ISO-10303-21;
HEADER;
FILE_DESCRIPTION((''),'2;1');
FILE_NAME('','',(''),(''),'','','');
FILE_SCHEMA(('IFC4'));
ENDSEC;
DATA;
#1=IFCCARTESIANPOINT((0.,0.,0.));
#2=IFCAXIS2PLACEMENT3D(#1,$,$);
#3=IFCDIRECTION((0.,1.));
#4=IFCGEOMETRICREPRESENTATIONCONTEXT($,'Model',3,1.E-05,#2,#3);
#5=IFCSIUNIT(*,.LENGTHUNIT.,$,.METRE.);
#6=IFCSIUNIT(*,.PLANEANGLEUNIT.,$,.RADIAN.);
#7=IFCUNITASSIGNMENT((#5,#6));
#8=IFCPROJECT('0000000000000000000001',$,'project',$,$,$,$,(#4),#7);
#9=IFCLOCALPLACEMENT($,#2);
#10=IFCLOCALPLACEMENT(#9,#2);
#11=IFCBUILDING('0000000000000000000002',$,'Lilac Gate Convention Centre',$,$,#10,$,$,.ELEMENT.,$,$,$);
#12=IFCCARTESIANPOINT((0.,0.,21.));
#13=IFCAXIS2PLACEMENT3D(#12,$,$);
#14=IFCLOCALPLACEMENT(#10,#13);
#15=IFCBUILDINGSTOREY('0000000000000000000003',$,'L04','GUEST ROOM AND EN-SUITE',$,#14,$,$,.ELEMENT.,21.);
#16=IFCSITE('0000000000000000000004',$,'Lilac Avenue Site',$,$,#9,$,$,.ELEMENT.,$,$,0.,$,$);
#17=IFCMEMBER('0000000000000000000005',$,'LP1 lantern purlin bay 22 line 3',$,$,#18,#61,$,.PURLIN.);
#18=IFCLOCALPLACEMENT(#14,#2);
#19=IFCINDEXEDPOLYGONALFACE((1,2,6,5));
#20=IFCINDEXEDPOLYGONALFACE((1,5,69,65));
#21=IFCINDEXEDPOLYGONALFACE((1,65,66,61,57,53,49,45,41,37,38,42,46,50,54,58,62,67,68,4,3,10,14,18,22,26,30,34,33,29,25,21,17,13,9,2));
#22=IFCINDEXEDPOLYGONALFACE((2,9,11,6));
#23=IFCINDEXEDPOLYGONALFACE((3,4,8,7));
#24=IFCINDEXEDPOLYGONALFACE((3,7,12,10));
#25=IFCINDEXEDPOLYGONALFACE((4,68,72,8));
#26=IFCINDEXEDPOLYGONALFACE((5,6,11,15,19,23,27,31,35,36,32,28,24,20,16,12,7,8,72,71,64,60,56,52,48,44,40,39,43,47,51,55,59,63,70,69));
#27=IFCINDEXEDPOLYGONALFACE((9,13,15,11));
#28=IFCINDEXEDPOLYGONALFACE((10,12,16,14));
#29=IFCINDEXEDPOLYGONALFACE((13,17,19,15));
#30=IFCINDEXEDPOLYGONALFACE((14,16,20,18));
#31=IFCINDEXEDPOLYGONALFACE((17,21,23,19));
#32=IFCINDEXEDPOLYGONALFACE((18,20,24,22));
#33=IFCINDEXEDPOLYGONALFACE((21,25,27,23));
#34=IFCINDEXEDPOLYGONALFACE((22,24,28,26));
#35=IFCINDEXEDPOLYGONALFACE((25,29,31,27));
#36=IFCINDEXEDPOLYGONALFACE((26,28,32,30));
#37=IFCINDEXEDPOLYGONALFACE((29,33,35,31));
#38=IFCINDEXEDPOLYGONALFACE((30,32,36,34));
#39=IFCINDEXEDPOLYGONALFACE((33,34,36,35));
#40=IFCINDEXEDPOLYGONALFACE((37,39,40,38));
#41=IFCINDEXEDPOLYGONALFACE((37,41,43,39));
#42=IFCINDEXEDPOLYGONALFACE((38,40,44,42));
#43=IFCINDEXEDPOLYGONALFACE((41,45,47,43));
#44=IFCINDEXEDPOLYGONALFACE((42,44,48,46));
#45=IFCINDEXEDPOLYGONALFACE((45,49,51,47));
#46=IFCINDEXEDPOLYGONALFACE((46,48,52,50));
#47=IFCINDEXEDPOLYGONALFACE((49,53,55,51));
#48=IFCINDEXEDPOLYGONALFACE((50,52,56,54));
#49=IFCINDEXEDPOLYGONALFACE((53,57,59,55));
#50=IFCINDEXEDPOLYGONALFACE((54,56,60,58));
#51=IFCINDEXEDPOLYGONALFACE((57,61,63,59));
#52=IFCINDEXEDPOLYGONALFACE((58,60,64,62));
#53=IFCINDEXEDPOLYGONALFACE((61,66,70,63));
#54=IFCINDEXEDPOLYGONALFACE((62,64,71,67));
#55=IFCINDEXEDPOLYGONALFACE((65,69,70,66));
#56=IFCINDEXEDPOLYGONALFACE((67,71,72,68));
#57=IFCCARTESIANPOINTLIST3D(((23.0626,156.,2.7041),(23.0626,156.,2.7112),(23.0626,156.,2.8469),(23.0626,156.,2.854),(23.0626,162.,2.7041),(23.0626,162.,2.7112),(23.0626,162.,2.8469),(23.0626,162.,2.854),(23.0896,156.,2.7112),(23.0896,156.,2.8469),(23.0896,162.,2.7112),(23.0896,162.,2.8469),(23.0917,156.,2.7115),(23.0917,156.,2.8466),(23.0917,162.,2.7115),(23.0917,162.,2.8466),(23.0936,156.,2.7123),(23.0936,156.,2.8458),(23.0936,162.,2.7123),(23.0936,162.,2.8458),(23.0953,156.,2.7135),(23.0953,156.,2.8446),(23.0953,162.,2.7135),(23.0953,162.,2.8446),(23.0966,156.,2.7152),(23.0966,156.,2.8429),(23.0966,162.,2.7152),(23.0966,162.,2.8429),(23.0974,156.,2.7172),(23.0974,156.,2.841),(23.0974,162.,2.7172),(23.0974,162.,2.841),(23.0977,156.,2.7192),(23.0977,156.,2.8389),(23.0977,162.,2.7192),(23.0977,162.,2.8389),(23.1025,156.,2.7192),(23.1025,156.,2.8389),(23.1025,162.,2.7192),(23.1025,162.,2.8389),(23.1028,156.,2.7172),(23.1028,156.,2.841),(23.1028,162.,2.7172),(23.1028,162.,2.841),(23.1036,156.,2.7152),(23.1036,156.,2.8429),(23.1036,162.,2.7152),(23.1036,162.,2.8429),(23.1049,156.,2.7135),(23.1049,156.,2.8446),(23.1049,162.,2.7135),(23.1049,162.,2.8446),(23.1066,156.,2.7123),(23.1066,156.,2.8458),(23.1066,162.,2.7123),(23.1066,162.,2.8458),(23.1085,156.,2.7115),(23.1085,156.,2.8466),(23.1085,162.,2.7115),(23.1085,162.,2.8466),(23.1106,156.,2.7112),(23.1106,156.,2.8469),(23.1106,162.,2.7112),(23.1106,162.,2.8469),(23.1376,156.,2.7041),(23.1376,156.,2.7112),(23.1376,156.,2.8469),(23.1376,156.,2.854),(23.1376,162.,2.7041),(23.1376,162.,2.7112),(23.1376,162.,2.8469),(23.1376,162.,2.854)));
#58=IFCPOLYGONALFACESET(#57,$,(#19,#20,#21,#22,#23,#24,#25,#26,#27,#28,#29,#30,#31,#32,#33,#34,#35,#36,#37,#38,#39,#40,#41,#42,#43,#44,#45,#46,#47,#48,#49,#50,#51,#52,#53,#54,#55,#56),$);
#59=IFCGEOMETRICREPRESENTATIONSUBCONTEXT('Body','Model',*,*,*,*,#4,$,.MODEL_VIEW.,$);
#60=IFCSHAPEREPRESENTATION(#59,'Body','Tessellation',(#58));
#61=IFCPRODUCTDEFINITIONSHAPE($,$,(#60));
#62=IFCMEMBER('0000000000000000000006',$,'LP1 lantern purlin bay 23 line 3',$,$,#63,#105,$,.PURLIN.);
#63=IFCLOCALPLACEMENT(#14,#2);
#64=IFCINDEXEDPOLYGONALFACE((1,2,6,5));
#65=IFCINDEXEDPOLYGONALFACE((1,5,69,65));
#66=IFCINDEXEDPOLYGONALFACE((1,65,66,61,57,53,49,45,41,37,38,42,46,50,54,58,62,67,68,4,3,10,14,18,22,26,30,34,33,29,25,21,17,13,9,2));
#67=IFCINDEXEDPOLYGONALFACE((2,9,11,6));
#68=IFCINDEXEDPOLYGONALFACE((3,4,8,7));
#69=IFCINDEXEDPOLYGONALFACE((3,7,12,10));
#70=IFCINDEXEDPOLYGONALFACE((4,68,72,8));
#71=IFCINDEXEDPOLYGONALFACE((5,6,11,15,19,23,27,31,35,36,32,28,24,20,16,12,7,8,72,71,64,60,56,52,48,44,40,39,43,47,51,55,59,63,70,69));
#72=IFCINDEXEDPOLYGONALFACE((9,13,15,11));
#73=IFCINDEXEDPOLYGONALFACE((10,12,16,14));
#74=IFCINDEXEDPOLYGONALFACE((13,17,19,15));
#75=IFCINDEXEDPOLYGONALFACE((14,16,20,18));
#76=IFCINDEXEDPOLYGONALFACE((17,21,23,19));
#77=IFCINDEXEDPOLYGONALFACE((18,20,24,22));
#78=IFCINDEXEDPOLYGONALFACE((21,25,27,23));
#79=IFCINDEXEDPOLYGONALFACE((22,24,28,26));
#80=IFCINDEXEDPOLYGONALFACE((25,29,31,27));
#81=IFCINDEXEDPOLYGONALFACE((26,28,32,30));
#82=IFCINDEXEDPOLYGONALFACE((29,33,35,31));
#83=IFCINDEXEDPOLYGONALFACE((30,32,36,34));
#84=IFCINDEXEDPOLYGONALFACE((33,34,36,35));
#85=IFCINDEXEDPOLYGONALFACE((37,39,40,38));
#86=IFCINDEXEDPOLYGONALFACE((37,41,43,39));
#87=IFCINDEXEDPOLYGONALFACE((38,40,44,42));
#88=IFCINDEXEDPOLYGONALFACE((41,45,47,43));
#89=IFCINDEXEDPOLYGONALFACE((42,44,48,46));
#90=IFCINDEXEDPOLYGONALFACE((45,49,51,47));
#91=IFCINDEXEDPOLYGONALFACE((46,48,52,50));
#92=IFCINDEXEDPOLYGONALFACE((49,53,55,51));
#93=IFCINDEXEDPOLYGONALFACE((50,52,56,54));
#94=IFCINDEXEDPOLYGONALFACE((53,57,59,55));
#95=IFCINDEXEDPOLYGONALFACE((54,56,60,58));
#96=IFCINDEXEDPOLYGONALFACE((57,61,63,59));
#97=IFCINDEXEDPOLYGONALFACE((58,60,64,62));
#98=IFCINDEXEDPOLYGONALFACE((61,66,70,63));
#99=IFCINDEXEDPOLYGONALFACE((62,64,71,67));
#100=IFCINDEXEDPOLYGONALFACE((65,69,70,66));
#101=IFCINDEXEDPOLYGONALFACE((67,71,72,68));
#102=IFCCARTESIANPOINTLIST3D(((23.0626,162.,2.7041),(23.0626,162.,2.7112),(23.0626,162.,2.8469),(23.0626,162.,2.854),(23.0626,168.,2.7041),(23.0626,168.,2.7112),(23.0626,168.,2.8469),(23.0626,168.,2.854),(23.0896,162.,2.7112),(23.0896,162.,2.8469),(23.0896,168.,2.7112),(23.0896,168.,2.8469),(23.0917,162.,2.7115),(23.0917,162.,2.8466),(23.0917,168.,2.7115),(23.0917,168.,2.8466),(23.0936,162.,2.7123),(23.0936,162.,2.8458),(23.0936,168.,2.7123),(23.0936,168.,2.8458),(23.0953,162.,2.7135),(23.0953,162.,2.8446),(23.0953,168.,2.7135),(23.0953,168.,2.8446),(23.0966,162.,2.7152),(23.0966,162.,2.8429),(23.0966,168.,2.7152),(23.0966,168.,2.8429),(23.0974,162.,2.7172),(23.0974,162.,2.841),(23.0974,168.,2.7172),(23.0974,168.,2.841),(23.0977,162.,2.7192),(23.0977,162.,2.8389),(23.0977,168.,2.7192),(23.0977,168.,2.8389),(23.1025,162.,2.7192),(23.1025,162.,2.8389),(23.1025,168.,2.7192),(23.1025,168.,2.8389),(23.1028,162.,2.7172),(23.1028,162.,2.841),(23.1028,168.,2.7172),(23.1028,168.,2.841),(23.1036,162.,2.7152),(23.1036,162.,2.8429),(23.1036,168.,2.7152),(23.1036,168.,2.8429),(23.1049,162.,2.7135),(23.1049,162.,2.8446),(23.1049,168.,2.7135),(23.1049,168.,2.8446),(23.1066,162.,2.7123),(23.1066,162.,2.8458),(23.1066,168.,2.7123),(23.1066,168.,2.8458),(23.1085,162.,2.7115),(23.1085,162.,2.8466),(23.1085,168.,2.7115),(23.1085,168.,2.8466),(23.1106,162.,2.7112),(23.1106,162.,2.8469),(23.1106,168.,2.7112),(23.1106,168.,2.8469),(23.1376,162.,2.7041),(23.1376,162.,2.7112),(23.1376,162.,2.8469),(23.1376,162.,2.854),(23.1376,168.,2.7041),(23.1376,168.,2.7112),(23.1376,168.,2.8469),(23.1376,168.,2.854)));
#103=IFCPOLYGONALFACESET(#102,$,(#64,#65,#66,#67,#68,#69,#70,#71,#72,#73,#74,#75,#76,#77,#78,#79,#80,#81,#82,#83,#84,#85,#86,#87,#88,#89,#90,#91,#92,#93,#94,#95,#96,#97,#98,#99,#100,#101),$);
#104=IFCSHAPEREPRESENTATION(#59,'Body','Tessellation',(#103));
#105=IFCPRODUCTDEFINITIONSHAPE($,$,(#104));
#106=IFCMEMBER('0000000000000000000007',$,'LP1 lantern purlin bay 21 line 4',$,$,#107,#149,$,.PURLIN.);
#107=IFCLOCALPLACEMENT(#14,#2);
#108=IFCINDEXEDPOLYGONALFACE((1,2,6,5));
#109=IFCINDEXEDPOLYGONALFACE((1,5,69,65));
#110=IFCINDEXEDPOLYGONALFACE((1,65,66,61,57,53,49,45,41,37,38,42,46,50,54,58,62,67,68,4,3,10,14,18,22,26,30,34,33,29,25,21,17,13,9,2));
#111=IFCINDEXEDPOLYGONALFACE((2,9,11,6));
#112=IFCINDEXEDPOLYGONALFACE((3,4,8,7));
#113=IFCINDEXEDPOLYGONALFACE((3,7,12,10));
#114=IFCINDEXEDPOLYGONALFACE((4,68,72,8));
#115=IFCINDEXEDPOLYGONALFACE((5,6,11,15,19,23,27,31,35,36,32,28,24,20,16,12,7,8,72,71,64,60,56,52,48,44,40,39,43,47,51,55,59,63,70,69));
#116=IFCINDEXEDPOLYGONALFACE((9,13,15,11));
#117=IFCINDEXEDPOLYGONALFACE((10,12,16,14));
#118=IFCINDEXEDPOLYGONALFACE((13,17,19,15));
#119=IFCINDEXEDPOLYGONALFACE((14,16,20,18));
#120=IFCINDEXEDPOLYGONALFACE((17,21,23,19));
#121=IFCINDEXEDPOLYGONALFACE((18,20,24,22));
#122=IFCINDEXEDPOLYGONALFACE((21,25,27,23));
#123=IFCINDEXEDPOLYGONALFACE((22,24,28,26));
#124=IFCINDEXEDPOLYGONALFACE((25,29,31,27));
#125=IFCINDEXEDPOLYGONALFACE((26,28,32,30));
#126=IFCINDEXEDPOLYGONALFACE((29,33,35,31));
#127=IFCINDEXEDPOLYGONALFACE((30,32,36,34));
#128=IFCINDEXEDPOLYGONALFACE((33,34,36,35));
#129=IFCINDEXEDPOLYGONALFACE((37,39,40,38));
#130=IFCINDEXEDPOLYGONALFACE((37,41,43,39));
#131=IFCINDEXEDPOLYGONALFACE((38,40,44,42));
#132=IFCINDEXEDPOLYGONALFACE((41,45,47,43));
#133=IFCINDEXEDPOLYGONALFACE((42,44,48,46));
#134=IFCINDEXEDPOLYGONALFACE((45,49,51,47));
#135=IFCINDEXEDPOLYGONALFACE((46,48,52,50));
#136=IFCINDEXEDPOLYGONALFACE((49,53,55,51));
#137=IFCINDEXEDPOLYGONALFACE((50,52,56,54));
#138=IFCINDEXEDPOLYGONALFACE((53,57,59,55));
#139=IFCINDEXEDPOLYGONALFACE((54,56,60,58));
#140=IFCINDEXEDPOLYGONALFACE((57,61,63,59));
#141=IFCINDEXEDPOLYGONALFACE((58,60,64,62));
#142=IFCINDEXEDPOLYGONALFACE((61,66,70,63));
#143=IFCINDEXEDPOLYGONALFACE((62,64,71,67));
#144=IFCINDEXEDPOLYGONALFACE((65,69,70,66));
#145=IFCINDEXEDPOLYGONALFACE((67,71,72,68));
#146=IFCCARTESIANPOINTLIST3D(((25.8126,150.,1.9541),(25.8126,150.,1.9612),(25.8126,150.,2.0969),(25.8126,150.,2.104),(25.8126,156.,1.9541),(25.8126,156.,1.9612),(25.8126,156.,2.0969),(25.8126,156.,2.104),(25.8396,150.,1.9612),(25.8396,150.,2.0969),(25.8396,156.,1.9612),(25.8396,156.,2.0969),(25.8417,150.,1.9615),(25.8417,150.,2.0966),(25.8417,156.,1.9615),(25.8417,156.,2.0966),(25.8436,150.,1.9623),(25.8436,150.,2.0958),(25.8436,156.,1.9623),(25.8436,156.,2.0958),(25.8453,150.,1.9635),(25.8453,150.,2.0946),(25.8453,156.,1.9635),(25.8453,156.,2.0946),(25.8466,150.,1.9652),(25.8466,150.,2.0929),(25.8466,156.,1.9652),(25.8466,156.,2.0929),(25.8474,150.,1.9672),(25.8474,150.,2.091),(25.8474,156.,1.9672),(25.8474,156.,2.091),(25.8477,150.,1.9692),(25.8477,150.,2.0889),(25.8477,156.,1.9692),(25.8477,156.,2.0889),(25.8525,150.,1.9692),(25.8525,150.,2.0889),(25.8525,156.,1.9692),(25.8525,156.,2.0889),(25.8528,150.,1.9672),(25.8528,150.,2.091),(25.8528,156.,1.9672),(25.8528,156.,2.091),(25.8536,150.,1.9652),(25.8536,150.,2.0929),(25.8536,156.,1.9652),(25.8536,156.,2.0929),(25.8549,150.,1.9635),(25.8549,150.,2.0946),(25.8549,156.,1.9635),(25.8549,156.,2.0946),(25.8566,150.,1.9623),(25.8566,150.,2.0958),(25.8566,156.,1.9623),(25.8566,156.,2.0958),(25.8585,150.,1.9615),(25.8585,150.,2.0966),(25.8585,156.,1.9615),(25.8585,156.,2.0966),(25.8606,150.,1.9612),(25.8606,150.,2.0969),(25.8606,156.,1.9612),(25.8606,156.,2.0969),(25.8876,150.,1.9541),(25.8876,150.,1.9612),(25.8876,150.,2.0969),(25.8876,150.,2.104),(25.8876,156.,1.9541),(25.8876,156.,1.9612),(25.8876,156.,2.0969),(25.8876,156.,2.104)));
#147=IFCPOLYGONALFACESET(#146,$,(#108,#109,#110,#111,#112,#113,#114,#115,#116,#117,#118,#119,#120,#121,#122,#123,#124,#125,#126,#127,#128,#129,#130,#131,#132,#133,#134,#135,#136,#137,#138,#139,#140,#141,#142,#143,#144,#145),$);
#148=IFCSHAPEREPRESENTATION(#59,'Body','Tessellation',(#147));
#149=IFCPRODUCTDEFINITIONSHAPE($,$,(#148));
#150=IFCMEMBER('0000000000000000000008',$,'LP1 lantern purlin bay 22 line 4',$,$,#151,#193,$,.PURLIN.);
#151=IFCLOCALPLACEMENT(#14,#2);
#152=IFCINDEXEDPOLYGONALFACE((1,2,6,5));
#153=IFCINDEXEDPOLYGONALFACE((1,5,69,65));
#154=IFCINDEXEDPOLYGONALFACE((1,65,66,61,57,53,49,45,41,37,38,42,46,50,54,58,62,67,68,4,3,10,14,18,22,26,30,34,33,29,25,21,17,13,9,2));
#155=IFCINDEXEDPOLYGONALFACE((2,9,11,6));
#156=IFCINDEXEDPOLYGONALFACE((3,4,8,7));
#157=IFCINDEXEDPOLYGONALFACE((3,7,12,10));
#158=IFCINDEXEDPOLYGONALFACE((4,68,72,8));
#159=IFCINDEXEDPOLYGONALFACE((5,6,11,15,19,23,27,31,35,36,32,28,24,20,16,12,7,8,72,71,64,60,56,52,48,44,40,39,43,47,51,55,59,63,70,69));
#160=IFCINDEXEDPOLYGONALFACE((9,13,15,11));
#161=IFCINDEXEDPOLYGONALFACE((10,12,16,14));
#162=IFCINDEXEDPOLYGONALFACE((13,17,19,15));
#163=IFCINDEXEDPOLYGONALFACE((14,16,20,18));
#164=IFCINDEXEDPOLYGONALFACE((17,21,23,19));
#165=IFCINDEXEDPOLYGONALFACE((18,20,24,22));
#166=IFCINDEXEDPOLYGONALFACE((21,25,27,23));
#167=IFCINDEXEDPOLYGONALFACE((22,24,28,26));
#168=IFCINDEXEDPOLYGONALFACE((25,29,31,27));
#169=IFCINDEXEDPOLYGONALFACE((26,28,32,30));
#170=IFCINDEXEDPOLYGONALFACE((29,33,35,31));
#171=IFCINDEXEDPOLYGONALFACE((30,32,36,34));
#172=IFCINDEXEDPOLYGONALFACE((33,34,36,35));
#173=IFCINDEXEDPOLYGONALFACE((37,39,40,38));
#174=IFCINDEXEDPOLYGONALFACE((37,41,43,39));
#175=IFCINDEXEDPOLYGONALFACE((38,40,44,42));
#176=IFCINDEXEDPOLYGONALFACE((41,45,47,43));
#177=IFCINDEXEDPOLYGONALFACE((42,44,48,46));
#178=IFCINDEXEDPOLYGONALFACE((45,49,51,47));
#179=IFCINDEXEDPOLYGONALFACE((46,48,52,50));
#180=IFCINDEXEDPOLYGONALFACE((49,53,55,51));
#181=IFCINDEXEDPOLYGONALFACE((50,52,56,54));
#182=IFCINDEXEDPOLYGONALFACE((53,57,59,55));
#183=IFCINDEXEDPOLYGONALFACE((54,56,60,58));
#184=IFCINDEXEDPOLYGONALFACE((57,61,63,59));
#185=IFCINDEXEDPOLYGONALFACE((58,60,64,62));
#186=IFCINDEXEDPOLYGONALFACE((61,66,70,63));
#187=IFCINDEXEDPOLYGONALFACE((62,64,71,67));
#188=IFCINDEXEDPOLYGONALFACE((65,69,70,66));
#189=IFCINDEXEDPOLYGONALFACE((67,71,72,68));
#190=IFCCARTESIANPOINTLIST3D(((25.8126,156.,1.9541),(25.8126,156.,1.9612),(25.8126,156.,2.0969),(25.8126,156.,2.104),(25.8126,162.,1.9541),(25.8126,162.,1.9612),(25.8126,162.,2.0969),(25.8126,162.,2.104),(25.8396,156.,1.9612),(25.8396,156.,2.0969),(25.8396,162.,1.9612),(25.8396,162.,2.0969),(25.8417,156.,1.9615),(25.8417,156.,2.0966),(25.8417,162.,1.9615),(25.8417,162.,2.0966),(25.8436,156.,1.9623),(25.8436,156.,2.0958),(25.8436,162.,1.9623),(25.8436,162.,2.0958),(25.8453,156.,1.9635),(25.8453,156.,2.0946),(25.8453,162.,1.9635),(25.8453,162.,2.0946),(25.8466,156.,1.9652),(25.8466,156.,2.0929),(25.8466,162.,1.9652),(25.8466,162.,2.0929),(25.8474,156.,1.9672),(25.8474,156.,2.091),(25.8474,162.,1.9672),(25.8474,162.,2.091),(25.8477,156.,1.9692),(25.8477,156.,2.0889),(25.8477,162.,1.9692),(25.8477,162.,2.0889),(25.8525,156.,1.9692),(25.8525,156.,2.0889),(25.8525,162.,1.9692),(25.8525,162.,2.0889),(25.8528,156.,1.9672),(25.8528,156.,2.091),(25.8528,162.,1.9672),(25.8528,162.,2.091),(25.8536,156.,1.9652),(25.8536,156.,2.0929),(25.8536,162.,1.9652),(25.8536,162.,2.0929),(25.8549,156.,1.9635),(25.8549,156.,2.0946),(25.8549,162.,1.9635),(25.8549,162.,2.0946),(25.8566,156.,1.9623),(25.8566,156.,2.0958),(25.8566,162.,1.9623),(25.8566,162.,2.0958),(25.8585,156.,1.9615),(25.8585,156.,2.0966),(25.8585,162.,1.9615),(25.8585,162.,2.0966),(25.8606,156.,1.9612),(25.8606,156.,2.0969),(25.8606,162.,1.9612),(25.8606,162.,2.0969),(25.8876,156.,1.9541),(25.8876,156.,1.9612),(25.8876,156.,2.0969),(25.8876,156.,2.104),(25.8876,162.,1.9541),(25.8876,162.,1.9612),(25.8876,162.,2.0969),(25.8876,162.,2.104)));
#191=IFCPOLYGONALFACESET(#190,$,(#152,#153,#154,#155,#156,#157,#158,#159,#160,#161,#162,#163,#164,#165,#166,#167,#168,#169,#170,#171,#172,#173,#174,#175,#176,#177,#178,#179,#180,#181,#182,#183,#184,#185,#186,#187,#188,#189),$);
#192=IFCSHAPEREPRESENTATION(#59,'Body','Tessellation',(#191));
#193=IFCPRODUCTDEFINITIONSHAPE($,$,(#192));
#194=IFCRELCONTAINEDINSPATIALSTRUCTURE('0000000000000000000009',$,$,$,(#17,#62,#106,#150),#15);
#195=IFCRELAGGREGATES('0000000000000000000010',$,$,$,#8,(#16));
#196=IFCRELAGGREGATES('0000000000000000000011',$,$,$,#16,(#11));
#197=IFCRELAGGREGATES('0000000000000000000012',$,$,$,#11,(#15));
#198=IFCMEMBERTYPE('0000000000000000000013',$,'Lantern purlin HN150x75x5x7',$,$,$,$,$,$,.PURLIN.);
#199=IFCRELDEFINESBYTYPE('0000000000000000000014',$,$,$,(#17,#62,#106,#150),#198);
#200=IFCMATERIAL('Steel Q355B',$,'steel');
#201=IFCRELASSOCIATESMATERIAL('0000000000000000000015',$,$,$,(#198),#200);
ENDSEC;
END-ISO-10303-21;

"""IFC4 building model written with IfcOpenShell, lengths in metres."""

from ifc_helpers import new_model, si_unit, direction, frame, origin, origin_2d, place, context, subcontext, project, spatial, i_section, extrude, material, material_profile, profile_set, type_object, element, save


model = new_model("IFC4")

# Units and contexts
model_context = context("Model", 3, precision=1e-05, world=origin(), true_north=direction((0.0, 1.0)))
body_context = subcontext(model_context, "Body", "Model", "MODEL_VIEW")
ifc_project = project(units=[si_unit("LENGTHUNIT", "METRE"), si_unit("PLANEANGLEUNIT", "RADIAN")], contexts=[model_context])

# Site, building, storey
site_placement = place(None, origin())
site = spatial("IfcSite", under=ifc_project, at=site_placement, Name="Lilac Avenue Site", CompositionType="ELEMENT", RefElevation=0.0)
building_placement = place(site_placement, origin())
building = spatial("IfcBuilding", under=site, at=building_placement, Name="Lilac Gate Convention Centre", CompositionType="ELEMENT")
storey_placement = place(building_placement, frame((0.0, 0.0, 21.0)))
storey = spatial("IfcBuildingStorey", under=building, at=storey_placement, Name="L04", Description="GUEST ROOM AND EN-SUITE", CompositionType="ELEMENT", Elevation=21.0)

# Members
ifc_material_1 = material(Name="Steel Q355B", Category="steel")
ifc_material_profile_1 = material_profile(ifc_material_1, i_section(OverallWidth=0.075, OverallDepth=0.1499, WebThickness=0.0049, FlangeThickness=0.0071, FilletRadius=0.0081, at=origin_2d()), Name="HN150x75x5x7")
ifc_profile_set_1 = profile_set([ifc_material_profile_1], Name="Steel Q355B")
member_type_1 = type_object("IfcMemberType", Name="Lantern purlin HN150x75x5x7", PredefinedType="PURLIN", material=ifc_profile_set_1)
for number, where, z_axis, x_axis, name in (
    (1, (23.1001, 156.0, 2.7791), (0.0, 1.0, 0.0), (-1.0, 0.0, 0.0), "LP1 lantern purlin bay 22 line 3"),
    (2, (23.1001, 162.0, 2.7791), (0.0, 1.0, 0.0), (-1.0, 0.0, 0.0), "LP1 lantern purlin bay 23 line 3"),
    (3, (25.8501, 150.0, 2.0291), (0.0, 1.0, 0.0), (-1.0, 0.0, 0.0), "LP1 lantern purlin bay 21 line 4"),
    (4, (25.8501, 156.0, 2.0291), (0.0, 1.0, 0.0), (-1.0, 0.0, 0.0), "LP1 lantern purlin bay 22 line 4"),
):
    element("IfcMember", number, at=place(storey_placement, frame(where, z_axis=z_axis, x_axis=x_axis)), inside=storey, type_object=member_type_1, Name=name, PredefinedType="PURLIN", context=body_context, shape_type="SweptSolid", body=[
        extrude(i_section(OverallWidth=0.075, OverallDepth=0.1499, WebThickness=0.0049, FlangeThickness=0.0071, FilletRadius=0.0081, at=origin_2d()), origin(), (0.0, 0.0, 1.0), 6.0),
    ])

save(model, "model.ifc")
